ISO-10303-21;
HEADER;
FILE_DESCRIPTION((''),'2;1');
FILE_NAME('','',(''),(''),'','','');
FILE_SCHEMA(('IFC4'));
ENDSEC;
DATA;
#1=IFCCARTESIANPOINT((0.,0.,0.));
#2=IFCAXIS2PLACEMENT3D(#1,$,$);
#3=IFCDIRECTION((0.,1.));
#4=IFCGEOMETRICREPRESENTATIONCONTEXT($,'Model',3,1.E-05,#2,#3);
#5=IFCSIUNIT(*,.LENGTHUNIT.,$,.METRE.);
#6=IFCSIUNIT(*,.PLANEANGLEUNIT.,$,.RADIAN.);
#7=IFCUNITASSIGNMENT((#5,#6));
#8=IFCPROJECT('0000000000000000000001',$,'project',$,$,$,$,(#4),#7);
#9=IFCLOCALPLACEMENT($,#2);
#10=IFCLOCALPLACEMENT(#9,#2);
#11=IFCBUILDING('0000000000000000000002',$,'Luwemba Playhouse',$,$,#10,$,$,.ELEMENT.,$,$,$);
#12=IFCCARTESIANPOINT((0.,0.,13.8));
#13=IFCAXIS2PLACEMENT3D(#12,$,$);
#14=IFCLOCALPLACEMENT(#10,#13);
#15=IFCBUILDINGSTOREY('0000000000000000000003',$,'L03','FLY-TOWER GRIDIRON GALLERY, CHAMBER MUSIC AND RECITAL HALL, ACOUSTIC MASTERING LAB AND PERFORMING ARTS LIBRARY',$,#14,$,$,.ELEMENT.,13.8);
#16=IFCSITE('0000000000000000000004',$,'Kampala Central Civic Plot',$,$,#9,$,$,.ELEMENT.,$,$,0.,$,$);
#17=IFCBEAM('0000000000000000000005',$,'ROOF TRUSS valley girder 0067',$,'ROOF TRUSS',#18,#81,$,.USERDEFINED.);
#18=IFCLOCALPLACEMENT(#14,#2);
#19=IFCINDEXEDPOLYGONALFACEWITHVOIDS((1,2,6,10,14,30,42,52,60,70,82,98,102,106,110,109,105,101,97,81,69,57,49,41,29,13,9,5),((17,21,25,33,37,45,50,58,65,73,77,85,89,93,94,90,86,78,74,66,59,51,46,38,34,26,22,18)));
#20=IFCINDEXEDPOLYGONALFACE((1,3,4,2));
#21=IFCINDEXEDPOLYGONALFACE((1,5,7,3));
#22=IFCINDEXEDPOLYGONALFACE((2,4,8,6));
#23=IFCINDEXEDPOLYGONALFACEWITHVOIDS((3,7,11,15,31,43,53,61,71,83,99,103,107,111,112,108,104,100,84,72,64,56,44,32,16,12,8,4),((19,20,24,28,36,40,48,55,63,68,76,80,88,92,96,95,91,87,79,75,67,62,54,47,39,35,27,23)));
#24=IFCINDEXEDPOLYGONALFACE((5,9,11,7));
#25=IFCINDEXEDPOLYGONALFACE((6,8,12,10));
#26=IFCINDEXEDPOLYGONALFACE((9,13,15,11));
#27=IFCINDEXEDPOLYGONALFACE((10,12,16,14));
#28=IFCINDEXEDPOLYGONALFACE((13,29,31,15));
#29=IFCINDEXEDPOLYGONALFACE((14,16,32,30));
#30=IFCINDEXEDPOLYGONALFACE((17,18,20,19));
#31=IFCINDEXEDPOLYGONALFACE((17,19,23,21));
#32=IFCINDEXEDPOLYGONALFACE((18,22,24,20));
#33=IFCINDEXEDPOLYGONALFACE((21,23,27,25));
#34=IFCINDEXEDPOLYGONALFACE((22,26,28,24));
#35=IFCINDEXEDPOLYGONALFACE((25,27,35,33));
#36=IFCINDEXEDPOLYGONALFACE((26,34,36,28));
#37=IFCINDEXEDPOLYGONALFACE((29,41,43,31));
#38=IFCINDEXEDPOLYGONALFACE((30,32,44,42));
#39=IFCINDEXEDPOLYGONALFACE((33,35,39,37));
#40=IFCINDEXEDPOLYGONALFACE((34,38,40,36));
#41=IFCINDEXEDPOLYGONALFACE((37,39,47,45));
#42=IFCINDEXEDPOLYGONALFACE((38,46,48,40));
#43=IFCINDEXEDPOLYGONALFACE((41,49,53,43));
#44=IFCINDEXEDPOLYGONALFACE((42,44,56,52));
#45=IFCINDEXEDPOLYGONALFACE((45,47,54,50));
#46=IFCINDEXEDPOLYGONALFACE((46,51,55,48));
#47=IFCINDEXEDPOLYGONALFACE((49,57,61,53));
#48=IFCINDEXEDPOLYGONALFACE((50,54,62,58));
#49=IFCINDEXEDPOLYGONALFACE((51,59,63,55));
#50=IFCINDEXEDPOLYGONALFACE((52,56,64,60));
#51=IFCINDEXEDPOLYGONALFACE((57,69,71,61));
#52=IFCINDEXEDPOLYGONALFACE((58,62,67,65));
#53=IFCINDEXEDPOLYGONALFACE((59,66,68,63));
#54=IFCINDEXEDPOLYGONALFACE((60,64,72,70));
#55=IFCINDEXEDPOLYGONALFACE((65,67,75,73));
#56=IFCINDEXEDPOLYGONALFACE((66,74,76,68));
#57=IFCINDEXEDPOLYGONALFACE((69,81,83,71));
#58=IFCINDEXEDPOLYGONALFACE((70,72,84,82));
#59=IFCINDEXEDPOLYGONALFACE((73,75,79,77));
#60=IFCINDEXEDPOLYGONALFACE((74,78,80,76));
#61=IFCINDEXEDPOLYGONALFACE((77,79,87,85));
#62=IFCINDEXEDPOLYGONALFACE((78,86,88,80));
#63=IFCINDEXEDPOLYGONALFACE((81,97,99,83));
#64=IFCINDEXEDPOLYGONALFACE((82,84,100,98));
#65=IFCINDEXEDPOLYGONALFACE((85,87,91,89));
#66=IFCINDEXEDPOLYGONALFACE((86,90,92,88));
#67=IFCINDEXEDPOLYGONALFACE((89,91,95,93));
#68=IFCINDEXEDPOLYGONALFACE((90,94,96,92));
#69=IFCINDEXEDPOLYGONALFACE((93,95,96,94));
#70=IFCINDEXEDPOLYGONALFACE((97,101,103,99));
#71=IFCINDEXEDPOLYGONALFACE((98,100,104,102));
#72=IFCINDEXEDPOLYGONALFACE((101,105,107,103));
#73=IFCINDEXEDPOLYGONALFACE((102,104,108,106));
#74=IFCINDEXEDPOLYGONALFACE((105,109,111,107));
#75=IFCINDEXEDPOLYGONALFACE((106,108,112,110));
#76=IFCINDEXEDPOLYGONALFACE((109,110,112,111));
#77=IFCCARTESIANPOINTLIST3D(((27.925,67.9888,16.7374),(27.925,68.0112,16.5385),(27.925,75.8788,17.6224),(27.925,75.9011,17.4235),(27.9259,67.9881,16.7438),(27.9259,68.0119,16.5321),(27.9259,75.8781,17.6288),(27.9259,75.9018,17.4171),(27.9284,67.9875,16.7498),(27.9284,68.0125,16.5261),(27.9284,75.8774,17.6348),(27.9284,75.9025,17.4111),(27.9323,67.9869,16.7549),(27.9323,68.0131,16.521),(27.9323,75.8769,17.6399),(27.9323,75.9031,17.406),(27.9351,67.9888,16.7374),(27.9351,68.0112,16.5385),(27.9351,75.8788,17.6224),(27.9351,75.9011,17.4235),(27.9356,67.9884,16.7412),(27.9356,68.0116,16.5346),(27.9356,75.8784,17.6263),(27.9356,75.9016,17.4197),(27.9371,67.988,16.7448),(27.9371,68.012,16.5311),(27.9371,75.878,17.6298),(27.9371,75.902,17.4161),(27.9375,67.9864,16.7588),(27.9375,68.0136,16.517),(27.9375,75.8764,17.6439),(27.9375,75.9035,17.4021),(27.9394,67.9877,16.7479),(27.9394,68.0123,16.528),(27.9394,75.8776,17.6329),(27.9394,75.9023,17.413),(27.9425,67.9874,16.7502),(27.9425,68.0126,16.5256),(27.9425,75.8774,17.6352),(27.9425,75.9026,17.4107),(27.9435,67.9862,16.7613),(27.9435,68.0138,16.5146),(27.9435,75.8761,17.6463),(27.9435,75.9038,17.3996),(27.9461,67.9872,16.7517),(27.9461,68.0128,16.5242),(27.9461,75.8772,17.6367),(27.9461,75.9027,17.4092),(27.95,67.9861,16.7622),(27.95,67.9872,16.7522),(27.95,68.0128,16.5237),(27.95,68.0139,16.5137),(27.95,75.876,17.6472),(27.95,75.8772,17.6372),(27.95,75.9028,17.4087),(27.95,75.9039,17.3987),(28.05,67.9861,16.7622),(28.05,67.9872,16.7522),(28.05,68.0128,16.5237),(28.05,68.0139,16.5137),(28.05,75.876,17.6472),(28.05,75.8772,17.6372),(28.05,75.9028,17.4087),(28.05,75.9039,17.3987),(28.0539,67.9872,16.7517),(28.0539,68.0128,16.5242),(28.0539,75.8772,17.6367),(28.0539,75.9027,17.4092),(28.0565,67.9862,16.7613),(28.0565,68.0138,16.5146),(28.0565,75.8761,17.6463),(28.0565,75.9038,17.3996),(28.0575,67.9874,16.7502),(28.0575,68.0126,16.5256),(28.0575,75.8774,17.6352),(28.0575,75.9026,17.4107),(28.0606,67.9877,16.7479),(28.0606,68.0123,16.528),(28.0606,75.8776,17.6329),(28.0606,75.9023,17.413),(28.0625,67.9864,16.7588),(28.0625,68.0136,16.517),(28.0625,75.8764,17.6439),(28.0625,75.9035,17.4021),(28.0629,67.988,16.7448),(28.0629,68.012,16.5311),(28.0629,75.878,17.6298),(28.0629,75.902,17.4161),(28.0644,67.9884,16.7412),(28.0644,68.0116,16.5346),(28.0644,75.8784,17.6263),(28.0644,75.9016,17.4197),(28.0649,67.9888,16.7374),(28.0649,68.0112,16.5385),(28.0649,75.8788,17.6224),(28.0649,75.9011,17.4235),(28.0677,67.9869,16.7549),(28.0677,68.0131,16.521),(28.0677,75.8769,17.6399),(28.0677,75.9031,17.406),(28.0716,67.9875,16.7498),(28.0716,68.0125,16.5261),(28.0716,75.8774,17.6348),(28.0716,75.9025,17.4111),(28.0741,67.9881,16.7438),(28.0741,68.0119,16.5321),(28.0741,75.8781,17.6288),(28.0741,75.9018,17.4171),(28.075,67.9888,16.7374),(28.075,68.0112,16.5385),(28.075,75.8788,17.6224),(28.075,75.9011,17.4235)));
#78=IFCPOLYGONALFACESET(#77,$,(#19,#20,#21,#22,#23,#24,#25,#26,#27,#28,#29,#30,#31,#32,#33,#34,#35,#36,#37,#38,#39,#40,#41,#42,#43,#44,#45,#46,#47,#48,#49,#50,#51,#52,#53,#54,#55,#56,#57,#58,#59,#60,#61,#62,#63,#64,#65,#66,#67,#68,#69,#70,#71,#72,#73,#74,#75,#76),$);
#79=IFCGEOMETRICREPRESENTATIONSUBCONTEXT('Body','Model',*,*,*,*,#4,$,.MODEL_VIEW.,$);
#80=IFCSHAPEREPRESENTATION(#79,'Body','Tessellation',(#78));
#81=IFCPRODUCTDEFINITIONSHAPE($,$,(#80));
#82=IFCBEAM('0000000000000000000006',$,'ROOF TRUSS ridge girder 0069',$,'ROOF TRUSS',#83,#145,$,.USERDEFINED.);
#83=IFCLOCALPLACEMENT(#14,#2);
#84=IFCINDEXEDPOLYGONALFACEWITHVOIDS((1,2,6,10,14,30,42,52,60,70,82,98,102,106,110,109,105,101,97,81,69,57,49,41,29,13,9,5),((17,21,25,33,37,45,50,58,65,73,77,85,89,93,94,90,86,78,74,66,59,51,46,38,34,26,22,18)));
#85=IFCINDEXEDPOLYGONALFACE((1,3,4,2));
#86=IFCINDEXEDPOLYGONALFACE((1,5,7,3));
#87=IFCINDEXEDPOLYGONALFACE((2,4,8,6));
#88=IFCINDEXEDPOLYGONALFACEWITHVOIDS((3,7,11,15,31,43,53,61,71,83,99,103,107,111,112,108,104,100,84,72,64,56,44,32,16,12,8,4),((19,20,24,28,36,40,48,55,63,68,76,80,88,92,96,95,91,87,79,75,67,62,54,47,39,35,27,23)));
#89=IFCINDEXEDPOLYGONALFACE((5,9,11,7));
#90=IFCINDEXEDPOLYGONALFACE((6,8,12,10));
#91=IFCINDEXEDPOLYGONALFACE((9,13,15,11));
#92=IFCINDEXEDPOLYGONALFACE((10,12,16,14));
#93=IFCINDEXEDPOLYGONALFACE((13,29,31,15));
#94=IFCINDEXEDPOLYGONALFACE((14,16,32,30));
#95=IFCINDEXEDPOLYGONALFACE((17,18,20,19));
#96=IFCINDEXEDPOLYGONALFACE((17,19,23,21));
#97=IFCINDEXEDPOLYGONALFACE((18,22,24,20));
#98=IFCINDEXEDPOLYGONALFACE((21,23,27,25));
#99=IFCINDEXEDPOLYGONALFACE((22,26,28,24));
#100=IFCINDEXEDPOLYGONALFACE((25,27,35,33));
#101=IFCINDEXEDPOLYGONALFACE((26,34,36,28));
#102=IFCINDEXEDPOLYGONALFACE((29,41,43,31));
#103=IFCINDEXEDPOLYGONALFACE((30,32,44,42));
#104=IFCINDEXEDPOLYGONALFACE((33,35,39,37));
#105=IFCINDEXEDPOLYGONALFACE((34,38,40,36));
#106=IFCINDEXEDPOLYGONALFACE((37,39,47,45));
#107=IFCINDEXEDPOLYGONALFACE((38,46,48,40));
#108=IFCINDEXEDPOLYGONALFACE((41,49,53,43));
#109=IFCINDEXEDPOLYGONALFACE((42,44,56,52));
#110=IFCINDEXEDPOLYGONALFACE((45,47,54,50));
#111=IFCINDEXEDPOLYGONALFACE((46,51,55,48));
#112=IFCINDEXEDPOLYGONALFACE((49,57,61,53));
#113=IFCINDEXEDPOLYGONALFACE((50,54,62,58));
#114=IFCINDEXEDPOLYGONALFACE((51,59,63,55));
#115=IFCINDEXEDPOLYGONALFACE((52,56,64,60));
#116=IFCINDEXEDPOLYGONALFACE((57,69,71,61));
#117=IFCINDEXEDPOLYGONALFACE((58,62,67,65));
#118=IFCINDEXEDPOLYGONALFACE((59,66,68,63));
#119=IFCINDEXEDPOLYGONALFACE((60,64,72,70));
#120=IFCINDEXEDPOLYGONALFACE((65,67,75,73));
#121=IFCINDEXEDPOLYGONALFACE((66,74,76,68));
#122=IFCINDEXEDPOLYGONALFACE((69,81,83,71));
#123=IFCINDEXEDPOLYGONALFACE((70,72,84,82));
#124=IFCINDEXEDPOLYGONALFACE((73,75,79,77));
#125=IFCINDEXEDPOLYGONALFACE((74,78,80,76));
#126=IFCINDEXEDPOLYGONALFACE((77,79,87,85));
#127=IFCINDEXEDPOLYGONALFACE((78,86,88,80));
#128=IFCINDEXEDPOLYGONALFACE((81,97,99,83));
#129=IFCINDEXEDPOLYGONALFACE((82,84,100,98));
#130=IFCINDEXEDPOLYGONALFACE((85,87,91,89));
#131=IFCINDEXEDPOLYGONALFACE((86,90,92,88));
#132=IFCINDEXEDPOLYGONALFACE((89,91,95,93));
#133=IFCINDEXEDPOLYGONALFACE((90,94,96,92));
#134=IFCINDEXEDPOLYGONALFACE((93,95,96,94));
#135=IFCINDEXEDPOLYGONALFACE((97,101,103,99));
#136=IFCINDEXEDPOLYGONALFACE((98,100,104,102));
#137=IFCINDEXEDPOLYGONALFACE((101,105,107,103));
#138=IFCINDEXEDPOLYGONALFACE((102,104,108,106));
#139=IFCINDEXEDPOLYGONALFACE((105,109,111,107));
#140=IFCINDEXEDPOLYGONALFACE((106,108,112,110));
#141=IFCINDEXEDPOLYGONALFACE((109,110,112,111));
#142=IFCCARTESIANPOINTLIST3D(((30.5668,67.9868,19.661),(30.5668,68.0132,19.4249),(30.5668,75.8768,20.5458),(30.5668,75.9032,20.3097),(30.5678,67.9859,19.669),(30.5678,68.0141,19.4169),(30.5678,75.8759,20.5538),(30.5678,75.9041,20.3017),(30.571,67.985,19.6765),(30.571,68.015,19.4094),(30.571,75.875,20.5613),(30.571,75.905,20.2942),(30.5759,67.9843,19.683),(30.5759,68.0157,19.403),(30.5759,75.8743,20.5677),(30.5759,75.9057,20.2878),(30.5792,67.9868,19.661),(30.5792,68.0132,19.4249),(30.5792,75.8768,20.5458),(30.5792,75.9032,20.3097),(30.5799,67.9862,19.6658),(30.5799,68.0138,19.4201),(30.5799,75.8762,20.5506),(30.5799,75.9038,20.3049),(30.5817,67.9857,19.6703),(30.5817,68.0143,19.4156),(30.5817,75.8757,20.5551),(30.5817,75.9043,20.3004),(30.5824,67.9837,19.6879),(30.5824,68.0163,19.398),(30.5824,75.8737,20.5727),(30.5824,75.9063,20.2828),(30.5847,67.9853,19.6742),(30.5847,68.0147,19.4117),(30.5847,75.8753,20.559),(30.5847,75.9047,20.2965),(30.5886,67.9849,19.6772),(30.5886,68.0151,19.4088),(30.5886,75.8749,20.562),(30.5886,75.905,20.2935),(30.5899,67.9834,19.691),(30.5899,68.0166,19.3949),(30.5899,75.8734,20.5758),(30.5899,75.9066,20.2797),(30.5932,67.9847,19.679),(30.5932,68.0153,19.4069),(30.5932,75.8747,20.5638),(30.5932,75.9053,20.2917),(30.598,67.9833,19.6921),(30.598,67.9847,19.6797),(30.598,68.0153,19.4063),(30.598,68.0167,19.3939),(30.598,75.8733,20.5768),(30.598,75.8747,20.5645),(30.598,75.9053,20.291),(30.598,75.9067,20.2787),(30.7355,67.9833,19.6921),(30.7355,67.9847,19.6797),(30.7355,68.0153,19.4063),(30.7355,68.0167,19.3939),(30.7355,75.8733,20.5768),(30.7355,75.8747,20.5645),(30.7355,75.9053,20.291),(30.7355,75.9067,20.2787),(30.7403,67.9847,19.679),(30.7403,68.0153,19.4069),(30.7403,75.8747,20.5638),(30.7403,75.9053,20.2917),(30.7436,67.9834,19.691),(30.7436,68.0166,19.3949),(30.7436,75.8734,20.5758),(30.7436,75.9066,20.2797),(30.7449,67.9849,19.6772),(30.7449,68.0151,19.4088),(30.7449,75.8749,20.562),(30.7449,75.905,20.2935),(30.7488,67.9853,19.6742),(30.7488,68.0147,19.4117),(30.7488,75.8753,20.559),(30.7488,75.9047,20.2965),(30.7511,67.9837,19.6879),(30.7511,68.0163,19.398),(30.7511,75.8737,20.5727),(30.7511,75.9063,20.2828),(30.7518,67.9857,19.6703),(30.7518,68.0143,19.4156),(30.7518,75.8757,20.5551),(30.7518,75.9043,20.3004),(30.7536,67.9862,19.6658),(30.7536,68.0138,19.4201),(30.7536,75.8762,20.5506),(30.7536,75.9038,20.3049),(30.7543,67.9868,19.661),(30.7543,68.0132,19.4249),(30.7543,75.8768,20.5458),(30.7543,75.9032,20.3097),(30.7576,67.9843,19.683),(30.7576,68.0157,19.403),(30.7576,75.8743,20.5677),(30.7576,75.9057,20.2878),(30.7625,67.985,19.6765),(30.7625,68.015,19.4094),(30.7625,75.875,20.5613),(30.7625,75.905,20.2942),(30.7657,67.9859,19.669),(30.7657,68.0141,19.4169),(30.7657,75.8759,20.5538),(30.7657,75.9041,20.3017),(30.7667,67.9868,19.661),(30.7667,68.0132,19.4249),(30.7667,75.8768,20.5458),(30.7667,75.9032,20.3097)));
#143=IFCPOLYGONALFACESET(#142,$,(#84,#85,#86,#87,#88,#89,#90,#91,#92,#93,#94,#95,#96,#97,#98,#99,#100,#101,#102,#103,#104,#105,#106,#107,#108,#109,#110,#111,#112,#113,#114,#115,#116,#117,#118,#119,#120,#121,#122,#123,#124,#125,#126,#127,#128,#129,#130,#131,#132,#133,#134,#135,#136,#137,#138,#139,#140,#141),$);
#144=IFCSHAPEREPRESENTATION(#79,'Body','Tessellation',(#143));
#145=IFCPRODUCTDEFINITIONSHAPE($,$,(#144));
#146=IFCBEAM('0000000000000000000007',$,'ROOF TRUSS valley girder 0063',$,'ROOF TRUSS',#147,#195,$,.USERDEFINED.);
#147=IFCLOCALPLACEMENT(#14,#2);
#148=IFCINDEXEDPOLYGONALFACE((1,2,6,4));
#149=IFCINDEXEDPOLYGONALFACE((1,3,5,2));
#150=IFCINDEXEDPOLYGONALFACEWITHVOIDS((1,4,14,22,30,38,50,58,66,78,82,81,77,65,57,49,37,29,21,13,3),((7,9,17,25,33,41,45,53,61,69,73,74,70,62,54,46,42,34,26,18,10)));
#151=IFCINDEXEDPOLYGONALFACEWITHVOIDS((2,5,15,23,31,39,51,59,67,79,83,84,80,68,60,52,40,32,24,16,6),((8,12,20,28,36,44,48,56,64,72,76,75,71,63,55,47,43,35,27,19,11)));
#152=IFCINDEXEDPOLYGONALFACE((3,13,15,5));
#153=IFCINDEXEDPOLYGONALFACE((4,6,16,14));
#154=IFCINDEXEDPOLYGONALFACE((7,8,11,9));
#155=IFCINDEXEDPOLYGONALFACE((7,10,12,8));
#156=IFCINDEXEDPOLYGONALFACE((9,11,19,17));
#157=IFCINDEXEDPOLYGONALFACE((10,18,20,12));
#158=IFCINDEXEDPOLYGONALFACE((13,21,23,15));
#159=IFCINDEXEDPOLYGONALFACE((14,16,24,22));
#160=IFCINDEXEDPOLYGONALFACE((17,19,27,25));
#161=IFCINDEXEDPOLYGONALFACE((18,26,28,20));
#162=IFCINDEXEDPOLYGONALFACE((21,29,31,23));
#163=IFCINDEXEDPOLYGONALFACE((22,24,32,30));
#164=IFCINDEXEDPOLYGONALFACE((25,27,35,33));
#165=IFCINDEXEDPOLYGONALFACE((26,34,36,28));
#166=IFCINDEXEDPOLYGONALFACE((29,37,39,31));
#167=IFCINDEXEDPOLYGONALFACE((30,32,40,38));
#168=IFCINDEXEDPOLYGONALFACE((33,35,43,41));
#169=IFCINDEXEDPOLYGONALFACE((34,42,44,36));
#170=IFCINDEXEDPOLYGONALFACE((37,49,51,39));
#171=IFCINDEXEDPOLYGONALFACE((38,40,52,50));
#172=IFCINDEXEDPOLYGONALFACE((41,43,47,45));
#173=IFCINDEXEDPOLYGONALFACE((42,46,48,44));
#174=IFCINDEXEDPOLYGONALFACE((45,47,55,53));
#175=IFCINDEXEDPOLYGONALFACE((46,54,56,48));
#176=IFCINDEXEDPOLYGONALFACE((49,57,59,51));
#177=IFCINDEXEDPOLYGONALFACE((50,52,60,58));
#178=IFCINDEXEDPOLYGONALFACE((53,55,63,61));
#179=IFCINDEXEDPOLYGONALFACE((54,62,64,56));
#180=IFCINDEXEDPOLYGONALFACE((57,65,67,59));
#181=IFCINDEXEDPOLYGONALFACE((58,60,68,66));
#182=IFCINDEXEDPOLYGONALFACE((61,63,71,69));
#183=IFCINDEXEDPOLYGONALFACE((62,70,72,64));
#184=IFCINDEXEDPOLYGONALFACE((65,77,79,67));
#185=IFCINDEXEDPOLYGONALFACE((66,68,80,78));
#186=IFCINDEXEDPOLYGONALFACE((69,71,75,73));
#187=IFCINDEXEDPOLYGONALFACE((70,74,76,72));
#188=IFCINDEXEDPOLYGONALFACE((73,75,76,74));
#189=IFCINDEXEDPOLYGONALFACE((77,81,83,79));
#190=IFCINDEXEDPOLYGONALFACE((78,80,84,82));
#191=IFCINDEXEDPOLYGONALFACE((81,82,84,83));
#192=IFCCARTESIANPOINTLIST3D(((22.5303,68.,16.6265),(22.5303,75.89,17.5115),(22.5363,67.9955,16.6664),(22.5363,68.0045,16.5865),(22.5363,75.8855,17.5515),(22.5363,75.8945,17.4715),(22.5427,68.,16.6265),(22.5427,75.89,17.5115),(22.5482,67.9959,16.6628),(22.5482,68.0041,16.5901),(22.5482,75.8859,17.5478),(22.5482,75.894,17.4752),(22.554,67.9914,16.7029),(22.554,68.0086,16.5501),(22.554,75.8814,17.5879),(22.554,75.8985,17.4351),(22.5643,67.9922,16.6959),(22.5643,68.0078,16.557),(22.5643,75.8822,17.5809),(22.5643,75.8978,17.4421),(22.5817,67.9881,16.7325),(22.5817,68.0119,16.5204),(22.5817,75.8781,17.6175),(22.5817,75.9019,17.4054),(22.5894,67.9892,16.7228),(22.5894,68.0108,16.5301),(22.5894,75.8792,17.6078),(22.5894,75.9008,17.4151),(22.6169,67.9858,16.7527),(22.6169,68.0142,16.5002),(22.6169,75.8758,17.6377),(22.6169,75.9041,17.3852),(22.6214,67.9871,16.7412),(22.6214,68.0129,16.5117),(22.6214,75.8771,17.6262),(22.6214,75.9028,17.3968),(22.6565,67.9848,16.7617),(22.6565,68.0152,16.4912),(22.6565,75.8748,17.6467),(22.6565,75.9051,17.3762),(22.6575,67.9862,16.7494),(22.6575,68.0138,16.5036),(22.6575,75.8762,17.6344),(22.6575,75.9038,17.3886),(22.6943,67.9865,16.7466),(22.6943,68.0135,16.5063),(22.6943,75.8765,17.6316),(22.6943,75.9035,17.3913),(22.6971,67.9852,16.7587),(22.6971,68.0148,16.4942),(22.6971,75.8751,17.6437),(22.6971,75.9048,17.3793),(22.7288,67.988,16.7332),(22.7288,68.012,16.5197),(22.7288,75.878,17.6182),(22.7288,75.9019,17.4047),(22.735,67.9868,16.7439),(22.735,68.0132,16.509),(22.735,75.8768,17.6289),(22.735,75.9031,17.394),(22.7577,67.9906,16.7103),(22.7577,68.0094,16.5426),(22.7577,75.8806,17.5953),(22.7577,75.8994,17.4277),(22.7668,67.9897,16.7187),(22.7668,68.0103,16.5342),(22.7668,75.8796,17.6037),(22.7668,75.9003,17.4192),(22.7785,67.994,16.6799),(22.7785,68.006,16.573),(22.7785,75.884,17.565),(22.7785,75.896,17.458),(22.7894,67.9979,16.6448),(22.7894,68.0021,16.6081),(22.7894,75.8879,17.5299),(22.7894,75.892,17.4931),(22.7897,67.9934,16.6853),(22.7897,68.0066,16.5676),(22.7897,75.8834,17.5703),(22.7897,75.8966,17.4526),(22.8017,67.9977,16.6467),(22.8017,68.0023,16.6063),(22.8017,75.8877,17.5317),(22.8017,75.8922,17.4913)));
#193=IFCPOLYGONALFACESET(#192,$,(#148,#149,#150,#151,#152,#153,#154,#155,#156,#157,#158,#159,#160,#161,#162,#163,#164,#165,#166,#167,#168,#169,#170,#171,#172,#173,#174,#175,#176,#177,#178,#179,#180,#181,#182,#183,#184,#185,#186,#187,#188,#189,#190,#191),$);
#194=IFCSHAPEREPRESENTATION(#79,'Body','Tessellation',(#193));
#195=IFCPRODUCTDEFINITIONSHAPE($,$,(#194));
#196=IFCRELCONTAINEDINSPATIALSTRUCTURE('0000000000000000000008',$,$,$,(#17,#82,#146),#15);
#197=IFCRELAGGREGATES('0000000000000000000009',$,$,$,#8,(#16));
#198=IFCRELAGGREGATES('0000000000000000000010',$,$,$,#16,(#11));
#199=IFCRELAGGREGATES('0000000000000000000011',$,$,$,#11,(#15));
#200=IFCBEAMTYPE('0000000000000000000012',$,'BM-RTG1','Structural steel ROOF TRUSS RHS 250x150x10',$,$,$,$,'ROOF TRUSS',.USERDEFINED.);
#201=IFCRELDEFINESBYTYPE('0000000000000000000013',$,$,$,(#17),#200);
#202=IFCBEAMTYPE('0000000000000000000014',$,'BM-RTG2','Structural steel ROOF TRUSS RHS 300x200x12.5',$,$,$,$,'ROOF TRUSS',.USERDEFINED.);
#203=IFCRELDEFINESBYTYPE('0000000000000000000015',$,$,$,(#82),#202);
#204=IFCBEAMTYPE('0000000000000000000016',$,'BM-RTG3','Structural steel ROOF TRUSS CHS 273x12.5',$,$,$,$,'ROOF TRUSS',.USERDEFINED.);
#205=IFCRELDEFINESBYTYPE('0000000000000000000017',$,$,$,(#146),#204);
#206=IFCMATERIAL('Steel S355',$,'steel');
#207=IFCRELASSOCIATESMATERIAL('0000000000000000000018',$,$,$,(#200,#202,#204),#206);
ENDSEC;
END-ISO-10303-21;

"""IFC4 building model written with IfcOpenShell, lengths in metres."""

from ifc_helpers import new_model, si_unit, direction, frame, origin, origin_2d, place, context, subcontext, project, spatial, hollow_rectangle, hollow_circle, extrude, material, material_profile, profile_set, type_object, element, save


model = new_model("IFC4")

# Units and contexts
model_context = context("Model", 3, precision=1e-05, world=origin(), true_north=direction((0.0, 1.0)))
body_context = subcontext(model_context, "Body", "Model", "MODEL_VIEW")
ifc_project = project(units=[si_unit("LENGTHUNIT", "METRE"), si_unit("PLANEANGLEUNIT", "RADIAN")], contexts=[model_context])

# Site, building, storey
site_placement = place(None, origin())
site = spatial("IfcSite", under=ifc_project, at=site_placement, Name="Kampala Central Civic Plot", CompositionType="ELEMENT", RefElevation=0.0)
building_placement = place(site_placement, origin())
building = spatial("IfcBuilding", under=site, at=building_placement, Name="Luwemba Playhouse", CompositionType="ELEMENT")
storey_placement = place(building_placement, frame((0.0, 0.0, 13.8)))
storey = spatial("IfcBuildingStorey", under=building, at=storey_placement, Name="L03", Description="FLY-TOWER GRIDIRON GALLERY, CHAMBER MUSIC AND RECITAL HALL, ACOUSTIC MASTERING LAB AND PERFORMING ARTS LIBRARY", CompositionType="ELEMENT", Elevation=13.8)

# Beams
ifc_material_1 = material(Name="Steel S355", Category="steel")
ifc_material_profile_1 = material_profile(ifc_material_1, hollow_rectangle(XDim=0.1499, YDim=0.25, WallThickness=0.01, InnerFilletRadius=0.0149, OuterFilletRadius=0.0249, at=origin_2d()))
ifc_profile_set_1 = profile_set([ifc_material_profile_1], Name="Steel S355")
beam_type_1 = type_object("IfcBeamType", Name="BM-RTG1", Description="Structural steel ROOF TRUSS RHS 250x150x10", ElementType="ROOF TRUSS", PredefinedType="USERDEFINED", material=ifc_profile_set_1)
beam_1_placement = place(storey_placement, frame((28.0, 68.0, 16.6379), z_axis=(0.0, 0.993768, 0.111471), x_axis=(-1.0, 0.0, 0.0)))
element("IfcBeam", 1, at=beam_1_placement, inside=storey, type_object=beam_type_1, Name="ROOF TRUSS valley girder 0067", ObjectType="ROOF TRUSS", PredefinedType="USERDEFINED", context=body_context, shape_type="SweptSolid", body=[
    extrude(hollow_rectangle(XDim=0.1499, YDim=0.25, WallThickness=0.01, InnerFilletRadius=0.0149, OuterFilletRadius=0.0249, at=origin_2d()), origin(), (0.0, 0.0, 1.0), 7.9395),
])
ifc_material_profile_2 = material_profile(ifc_material_1, hollow_rectangle(XDim=0.2, YDim=0.3, WallThickness=0.0125, InnerFilletRadius=0.0188, OuterFilletRadius=0.0312, at=origin_2d()))
ifc_profile_set_2 = profile_set([ifc_material_profile_2], Name="Steel S355")
beam_type_2 = type_object("IfcBeamType", Name="BM-RTG2", Description="Structural steel ROOF TRUSS RHS 300x200x12.5", ElementType="ROOF TRUSS", PredefinedType="USERDEFINED", material=ifc_profile_set_2)
beam_2_placement = place(storey_placement, frame((30.6667, 68.0, 19.543), z_axis=(0.0, 0.993771, 0.111441), x_axis=(-1.0, 0.0, 0.0)))
element("IfcBeam", 2, at=beam_2_placement, inside=storey, type_object=beam_type_2, Name="ROOF TRUSS ridge girder 0069", ObjectType="ROOF TRUSS", PredefinedType="USERDEFINED", context=body_context, shape_type="SweptSolid", body=[
    extrude(hollow_rectangle(XDim=0.2, YDim=0.3, WallThickness=0.0125, InnerFilletRadius=0.0188, OuterFilletRadius=0.0312, at=origin_2d()), origin(), (0.0, 0.0, 1.0), 7.9395),
])
ifc_material_profile_3 = material_profile(ifc_material_1, hollow_circle(Radius=0.1365, WallThickness=0.0125, at=origin_2d()))
ifc_profile_set_3 = profile_set([ifc_material_profile_3], Name="Steel S355")
beam_type_3 = type_object("IfcBeamType", Name="BM-RTG3", Description="Structural steel ROOF TRUSS CHS 273x12.5", ElementType="ROOF TRUSS", PredefinedType="USERDEFINED", material=ifc_profile_set_3)
for number, where, z_axis, x_axis, name in (
    (3, (22.6667, 68.0, 16.6265), (0.0, 0.993768, 0.111471), (-1.0, 0.0, 0.0), "ROOF TRUSS valley girder 0063"),
):
    element("IfcBeam", number, at=place(storey_placement, frame(where, z_axis=z_axis, x_axis=x_axis)), inside=storey, type_object=beam_type_3, Name=name, ObjectType="ROOF TRUSS", PredefinedType="USERDEFINED", context=body_context, shape_type="SweptSolid", body=[
        extrude(hollow_circle(Radius=0.1365, WallThickness=0.0125, at=origin_2d()), origin(), (0.0, 0.0, 1.0), 7.9395),
    ])

save(model, "model.ifc")
